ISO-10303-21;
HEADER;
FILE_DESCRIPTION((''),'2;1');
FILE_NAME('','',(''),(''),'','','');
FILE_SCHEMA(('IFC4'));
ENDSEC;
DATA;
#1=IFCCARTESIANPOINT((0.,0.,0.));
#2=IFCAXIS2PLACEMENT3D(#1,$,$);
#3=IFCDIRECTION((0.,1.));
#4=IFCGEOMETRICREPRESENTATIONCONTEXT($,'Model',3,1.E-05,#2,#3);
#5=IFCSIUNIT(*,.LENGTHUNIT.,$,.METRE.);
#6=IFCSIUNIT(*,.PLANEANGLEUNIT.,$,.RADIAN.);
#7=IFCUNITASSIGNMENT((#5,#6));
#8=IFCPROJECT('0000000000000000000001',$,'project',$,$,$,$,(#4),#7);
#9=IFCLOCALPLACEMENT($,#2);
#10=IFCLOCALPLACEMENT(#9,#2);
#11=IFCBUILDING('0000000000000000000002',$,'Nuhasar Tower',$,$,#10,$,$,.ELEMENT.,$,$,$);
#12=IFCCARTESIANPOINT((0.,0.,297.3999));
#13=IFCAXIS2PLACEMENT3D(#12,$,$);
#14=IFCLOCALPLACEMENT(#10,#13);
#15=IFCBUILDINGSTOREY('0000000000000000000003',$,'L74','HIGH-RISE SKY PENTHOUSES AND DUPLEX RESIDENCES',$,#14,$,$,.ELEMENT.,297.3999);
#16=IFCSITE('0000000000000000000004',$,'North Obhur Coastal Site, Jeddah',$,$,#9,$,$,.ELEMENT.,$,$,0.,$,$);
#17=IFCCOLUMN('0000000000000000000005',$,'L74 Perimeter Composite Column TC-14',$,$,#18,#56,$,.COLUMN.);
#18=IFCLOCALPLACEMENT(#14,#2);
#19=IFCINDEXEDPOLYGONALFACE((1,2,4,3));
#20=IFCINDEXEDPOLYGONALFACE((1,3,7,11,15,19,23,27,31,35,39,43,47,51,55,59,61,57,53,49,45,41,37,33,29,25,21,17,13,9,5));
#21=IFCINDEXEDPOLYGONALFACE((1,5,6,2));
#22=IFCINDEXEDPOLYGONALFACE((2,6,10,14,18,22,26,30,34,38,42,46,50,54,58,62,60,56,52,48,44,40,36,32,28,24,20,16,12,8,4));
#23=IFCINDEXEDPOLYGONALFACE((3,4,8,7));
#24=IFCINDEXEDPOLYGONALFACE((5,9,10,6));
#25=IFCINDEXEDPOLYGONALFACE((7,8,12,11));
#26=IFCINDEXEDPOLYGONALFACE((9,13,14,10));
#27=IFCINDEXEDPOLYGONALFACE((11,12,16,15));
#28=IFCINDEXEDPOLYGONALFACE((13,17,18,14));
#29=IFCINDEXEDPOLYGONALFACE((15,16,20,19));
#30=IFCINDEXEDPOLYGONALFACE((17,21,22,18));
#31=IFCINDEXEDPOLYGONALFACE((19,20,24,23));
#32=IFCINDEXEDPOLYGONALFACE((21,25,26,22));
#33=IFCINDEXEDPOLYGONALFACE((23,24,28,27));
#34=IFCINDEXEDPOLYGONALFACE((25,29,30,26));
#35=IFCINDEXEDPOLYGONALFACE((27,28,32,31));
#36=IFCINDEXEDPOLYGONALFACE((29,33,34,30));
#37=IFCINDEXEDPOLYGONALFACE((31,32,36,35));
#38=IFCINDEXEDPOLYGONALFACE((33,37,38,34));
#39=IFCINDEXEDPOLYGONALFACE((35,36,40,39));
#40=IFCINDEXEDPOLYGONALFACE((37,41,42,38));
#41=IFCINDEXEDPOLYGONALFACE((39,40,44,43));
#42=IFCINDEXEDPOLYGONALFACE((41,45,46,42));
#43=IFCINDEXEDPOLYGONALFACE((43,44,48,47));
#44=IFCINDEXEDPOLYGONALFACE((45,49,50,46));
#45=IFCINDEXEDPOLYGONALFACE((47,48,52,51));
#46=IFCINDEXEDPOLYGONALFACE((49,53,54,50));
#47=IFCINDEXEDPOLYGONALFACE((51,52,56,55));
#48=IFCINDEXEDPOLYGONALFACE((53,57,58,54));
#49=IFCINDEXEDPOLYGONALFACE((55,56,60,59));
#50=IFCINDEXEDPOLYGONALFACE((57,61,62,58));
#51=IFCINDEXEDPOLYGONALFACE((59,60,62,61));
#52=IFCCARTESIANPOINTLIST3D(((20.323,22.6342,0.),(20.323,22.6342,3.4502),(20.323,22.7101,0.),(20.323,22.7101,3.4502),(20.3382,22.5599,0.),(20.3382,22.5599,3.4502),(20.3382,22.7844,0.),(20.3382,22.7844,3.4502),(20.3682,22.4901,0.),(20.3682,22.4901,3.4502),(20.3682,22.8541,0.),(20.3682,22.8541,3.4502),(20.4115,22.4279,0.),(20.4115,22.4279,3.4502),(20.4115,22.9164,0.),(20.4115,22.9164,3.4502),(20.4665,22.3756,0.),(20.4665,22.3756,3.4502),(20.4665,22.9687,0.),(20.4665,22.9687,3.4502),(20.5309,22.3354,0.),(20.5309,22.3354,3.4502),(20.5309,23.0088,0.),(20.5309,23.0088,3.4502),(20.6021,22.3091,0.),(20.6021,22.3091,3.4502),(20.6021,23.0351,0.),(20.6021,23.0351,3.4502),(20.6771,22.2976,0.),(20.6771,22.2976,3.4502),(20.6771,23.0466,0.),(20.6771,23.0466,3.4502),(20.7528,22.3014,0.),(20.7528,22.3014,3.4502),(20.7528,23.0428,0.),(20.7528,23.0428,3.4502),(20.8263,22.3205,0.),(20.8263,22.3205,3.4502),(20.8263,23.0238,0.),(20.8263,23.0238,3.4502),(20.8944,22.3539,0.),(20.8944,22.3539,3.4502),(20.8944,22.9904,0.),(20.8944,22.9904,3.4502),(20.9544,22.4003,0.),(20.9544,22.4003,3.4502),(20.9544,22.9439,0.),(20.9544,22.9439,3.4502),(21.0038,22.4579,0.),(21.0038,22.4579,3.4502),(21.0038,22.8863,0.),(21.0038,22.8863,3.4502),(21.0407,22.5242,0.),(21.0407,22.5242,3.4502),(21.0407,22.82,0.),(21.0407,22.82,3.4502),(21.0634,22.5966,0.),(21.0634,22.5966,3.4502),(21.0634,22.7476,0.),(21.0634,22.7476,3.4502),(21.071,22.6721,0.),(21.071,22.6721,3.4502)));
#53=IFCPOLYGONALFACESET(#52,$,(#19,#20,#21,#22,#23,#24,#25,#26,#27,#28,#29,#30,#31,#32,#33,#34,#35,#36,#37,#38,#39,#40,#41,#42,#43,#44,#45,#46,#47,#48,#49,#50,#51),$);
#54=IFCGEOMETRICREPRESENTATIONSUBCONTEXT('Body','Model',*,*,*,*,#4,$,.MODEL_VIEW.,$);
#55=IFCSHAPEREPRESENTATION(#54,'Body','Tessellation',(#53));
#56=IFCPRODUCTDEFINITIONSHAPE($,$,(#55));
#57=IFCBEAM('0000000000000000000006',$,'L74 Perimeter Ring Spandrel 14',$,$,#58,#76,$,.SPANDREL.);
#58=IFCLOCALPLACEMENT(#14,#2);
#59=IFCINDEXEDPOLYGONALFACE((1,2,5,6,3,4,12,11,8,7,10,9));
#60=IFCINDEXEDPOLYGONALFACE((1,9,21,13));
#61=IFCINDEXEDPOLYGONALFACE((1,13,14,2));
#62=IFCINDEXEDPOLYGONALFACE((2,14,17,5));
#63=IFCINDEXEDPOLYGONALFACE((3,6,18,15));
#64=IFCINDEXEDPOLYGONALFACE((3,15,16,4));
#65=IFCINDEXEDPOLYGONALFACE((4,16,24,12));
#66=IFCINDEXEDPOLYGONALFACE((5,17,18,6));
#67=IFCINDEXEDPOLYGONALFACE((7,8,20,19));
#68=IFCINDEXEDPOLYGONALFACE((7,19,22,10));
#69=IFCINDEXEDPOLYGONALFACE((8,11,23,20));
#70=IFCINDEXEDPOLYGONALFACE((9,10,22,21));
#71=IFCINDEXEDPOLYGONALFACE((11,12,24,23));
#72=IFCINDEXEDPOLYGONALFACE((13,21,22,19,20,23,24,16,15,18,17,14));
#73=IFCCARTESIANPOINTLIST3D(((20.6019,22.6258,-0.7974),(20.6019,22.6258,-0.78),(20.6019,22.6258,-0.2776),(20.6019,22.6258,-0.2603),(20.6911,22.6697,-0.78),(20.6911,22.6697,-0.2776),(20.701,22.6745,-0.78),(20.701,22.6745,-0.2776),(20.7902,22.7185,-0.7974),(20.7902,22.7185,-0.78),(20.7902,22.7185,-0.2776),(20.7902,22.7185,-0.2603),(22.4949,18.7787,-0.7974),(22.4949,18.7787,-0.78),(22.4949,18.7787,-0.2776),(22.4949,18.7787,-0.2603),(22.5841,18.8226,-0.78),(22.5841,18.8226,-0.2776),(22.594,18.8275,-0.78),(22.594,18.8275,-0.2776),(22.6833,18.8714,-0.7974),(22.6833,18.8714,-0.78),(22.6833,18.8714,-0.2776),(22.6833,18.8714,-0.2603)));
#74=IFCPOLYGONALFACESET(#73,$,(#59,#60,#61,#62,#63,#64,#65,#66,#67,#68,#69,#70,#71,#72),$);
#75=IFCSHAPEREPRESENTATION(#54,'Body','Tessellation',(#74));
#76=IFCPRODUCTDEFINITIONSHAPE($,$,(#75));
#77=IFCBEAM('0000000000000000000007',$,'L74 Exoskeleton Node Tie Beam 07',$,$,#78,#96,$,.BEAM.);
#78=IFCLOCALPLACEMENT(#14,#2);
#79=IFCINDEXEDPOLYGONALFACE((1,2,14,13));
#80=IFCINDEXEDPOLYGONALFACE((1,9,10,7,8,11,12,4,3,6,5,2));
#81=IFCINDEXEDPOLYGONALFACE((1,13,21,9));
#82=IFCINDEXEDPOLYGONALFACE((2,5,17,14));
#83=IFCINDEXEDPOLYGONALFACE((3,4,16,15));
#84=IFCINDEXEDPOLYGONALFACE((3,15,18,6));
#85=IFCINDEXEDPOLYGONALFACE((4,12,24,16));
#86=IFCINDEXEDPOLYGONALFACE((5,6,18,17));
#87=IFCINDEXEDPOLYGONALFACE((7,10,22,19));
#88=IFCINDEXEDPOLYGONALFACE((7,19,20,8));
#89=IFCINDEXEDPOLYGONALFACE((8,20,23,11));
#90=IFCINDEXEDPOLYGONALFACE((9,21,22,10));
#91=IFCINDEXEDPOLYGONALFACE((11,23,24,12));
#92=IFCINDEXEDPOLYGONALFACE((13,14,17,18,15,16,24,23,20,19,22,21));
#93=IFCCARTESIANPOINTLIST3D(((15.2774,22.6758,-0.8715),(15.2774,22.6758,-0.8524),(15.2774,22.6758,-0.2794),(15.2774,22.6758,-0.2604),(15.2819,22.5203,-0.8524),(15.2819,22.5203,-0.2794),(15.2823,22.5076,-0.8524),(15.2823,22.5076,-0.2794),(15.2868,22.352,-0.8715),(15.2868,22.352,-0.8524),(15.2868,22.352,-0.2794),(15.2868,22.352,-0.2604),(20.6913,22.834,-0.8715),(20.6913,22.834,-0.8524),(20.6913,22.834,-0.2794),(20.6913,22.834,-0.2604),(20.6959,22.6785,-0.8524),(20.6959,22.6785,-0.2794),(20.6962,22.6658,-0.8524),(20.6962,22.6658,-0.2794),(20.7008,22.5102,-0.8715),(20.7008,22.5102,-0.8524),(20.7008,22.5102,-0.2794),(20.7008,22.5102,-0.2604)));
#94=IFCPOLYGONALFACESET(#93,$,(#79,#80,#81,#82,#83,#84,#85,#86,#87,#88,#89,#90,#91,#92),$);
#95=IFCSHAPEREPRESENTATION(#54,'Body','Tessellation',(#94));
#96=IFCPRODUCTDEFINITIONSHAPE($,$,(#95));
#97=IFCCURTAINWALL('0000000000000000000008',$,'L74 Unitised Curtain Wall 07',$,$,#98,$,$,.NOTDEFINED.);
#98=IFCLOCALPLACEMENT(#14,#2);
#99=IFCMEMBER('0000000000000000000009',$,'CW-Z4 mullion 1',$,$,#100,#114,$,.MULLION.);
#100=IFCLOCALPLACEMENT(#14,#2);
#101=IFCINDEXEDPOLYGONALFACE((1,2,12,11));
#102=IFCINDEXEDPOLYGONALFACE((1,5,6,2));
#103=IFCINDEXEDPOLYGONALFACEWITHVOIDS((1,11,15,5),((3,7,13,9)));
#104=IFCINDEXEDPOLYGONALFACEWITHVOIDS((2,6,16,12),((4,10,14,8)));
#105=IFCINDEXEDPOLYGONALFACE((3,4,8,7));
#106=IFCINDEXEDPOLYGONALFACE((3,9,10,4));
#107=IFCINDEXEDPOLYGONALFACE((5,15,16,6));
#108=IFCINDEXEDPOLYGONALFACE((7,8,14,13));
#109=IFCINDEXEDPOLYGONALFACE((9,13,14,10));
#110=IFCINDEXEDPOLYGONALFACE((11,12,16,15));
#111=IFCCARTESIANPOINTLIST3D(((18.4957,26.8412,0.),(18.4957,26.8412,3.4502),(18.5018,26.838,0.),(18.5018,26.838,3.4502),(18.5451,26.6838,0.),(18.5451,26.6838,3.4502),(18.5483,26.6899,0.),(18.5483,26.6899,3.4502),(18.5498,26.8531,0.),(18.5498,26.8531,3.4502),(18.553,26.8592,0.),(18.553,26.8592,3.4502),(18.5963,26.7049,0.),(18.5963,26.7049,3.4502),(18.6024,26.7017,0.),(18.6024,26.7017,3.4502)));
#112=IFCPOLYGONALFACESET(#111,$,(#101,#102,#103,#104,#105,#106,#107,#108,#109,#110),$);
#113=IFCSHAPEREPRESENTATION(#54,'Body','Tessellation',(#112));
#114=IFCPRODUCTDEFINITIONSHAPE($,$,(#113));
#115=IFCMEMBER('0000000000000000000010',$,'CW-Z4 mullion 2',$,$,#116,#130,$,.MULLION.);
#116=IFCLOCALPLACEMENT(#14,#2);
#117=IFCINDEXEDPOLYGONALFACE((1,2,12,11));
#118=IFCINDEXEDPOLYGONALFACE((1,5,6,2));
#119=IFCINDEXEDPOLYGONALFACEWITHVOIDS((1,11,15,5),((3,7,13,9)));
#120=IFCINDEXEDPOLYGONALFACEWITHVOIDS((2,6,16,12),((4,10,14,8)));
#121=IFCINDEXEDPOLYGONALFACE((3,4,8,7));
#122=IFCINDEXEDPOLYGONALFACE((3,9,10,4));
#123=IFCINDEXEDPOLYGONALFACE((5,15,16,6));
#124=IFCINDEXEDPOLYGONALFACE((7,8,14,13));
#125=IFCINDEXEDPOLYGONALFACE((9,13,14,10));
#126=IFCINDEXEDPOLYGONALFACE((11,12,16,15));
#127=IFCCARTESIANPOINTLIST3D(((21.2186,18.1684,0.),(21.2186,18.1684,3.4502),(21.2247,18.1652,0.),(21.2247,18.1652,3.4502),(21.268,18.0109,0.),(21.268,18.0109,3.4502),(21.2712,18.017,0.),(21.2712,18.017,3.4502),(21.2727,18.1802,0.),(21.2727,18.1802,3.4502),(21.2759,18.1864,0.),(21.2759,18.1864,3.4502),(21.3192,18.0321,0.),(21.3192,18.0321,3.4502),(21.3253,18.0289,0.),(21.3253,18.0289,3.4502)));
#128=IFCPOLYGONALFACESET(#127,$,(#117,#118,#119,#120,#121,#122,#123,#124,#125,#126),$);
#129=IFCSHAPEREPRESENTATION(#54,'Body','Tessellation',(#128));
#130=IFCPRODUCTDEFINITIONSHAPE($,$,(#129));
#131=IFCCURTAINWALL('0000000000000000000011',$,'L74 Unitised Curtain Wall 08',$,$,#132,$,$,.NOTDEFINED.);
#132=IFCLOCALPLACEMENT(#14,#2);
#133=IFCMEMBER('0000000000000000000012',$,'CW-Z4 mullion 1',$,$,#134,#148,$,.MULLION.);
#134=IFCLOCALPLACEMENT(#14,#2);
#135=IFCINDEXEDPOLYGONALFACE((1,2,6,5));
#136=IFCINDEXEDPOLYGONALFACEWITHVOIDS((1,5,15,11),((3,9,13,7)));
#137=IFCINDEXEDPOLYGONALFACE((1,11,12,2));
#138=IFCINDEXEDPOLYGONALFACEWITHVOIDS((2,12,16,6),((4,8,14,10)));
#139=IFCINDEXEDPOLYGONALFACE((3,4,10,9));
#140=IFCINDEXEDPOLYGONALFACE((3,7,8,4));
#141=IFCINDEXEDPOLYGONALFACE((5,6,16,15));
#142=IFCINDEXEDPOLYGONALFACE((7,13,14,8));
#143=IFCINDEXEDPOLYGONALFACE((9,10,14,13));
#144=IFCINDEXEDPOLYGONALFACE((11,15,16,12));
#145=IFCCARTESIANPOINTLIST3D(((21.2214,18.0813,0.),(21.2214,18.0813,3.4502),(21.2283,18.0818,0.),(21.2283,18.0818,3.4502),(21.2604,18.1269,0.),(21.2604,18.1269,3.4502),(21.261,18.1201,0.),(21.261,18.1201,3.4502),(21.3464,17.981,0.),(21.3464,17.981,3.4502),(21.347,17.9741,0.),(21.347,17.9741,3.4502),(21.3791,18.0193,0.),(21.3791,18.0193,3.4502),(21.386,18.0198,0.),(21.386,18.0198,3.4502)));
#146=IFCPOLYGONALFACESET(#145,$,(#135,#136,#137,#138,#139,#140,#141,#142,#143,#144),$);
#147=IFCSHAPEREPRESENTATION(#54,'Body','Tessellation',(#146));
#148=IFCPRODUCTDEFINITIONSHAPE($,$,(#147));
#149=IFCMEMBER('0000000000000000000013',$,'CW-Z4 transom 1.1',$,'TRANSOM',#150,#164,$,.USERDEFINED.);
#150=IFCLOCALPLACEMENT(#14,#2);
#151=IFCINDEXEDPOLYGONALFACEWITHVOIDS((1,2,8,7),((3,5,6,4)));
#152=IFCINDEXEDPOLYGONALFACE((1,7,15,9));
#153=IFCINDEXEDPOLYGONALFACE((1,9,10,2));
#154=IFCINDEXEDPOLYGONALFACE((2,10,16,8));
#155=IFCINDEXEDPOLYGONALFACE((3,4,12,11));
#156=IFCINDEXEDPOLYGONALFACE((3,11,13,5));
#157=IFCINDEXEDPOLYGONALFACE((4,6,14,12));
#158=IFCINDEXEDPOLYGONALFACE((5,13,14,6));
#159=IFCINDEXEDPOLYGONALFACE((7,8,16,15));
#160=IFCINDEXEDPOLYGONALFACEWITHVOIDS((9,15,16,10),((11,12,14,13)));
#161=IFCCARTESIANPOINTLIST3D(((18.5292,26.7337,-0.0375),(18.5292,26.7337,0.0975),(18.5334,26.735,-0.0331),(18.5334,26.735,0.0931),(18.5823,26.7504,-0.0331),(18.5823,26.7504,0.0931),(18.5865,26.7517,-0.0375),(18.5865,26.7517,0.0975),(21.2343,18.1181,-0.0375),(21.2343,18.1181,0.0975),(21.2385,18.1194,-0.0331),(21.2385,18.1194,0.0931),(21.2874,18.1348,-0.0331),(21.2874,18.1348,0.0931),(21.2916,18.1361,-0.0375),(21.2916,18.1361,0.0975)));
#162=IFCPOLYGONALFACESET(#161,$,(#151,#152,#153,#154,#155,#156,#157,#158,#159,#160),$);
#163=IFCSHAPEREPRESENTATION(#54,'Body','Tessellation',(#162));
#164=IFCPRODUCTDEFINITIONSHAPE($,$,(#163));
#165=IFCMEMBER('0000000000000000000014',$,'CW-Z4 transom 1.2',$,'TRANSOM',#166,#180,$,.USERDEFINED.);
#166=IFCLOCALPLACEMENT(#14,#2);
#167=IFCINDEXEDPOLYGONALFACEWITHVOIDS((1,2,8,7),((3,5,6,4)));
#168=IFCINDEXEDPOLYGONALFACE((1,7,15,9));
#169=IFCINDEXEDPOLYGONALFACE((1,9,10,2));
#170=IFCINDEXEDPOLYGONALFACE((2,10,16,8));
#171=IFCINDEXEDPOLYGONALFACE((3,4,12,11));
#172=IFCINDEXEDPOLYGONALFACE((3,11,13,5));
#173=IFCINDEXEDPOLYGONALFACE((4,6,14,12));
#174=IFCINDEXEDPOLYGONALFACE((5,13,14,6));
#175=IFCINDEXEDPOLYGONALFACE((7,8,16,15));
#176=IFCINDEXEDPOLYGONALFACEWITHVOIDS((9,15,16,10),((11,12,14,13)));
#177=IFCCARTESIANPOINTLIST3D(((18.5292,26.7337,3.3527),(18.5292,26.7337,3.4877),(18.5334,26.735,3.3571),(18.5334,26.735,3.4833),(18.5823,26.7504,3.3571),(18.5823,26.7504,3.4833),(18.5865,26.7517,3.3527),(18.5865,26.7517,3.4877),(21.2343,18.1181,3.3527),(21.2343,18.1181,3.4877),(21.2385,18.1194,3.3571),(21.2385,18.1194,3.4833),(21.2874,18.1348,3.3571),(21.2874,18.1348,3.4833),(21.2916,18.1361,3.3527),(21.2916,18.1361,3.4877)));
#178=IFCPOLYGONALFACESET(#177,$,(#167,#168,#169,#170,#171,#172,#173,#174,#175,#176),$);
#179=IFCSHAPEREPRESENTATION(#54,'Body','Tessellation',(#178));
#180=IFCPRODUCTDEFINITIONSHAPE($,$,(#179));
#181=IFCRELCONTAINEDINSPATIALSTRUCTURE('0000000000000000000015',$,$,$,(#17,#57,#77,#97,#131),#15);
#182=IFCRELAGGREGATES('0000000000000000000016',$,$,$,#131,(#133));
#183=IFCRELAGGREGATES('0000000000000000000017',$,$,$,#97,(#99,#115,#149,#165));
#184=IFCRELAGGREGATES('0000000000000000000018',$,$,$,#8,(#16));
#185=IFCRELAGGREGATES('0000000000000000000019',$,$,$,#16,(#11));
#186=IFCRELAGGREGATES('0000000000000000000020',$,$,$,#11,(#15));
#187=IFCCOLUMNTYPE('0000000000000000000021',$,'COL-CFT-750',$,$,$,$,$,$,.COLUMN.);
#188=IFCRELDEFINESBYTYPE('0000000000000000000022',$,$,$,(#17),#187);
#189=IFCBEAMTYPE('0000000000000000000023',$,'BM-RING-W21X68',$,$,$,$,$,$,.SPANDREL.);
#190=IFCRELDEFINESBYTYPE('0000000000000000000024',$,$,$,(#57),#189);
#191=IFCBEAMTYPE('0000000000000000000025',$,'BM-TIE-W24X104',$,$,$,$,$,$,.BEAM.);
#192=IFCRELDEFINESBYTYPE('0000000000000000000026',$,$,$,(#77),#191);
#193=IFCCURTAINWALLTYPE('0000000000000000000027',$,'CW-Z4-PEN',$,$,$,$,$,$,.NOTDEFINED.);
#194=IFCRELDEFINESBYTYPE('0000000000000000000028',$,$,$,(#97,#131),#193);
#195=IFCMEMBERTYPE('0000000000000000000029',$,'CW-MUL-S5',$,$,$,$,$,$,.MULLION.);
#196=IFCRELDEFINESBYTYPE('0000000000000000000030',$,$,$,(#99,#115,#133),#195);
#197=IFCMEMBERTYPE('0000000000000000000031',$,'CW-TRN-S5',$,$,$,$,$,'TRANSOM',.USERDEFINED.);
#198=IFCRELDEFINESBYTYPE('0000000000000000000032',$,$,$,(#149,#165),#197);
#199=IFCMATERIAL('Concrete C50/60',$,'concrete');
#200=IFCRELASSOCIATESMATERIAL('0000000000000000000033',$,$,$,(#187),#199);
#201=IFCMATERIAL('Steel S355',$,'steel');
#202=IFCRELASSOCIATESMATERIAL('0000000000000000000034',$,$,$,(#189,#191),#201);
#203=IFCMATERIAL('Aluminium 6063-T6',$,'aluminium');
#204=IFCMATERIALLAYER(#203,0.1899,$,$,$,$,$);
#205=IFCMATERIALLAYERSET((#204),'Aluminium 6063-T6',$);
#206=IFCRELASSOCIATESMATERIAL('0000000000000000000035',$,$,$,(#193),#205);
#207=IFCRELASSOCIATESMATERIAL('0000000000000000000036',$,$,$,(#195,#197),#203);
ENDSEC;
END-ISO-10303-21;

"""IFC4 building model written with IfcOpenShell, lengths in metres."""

from ifc_helpers import new_model, si_unit, direction, frame, origin, origin_2d, place, context, subcontext, project, spatial, hollow_rectangle, circle, i_section, extrude, material, layer, layer_set, material_profile, profile_set, type_object, element, aggregate, save


model = new_model("IFC4")

# Units and contexts
model_context = context("Model", 3, precision=1e-05, world=origin(), true_north=direction((0.0, 1.0)))
body_context = subcontext(model_context, "Body", "Model", "MODEL_VIEW")
ifc_project = project(units=[si_unit("LENGTHUNIT", "METRE"), si_unit("PLANEANGLEUNIT", "RADIAN")], contexts=[model_context])

# Site, building, storey
site_placement = place(None, origin())
site = spatial("IfcSite", under=ifc_project, at=site_placement, Name="North Obhur Coastal Site, Jeddah", CompositionType="ELEMENT", RefElevation=0.0)
building_placement = place(site_placement, origin())
building = spatial("IfcBuilding", under=site, at=building_placement, Name="Nuhasar Tower", CompositionType="ELEMENT")
storey_placement = place(building_placement, frame((0.0, 0.0, 297.3999)))
storey = spatial("IfcBuildingStorey", under=building, at=storey_placement, Name="L74", Description="HIGH-RISE SKY PENTHOUSES AND DUPLEX RESIDENCES", CompositionType="ELEMENT", Elevation=297.3999)

# Column
ifc_material_1 = material(Name="Concrete C50/60", Category="concrete")
ifc_material_profile_1 = material_profile(ifc_material_1, circle(Radius=0.375, at=origin_2d()), Name="CFT750")
ifc_profile_set_1 = profile_set([ifc_material_profile_1], Name="Concrete C50/60")
column_type = type_object("IfcColumnType", Name="COL-CFT-750", PredefinedType="COLUMN", material=ifc_profile_set_1)
column_placement = place(storey_placement, frame((20.696, 22.6721, 0.0), z_axis=(0.0, 0.0, 1.0), x_axis=(1.0, 0.0, 0.0)))
element("IfcColumn", 1, at=column_placement, inside=storey, type_object=column_type, Name="L74 Perimeter Composite Column TC-14", PredefinedType="COLUMN", context=body_context, shape_type="SweptSolid", body=[
    extrude(circle(Radius=0.375, at=origin_2d()), origin(), (0.0, 0.0, 1.0), 3.4502),
])

# Beams
ifc_material_2 = material(Name="Steel S355", Category="steel")
ifc_material_profile_2 = material_profile(ifc_material_2, i_section(OverallWidth=0.21, OverallDepth=0.5371, WebThickness=0.011, FlangeThickness=0.0173, at=origin_2d()), Name="W21X68")
ifc_profile_set_2 = profile_set([ifc_material_profile_2], Name="Steel S355")
beam_type_1 = type_object("IfcBeamType", Name="BM-RING-W21X68", PredefinedType="SPANDREL", material=ifc_profile_set_2)
beam_1_placement = place(storey_placement, frame((20.696, 22.6721, -0.5288), z_axis=(0.441511, -0.897256, 0.0), x_axis=(0.897256, 0.441511, 0.0)))
element("IfcBeam", 2, at=beam_1_placement, inside=storey, type_object=beam_type_1, Name="L74 Perimeter Ring Spandrel 14", PredefinedType="SPANDREL", context=body_context, shape_type="SweptSolid", body=[
    extrude(i_section(OverallWidth=0.21, OverallDepth=0.5371, WebThickness=0.011, FlangeThickness=0.0173, at=origin_2d()), origin(), (0.0, 0.0, 1.0), 4.2876),
])
ifc_material_profile_3 = material_profile(ifc_material_2, i_section(OverallWidth=0.324, OverallDepth=0.6111, WebThickness=0.0127, FlangeThickness=0.019, at=origin_2d()), Name="W24X104")
ifc_profile_set_3 = profile_set([ifc_material_profile_3], Name="Steel S355")
beam_type_2 = type_object("IfcBeamType", Name="BM-TIE-W24X104", PredefinedType="BEAM", material=ifc_profile_set_3)
beam_2_placement = place(storey_placement, frame((20.696, 22.6721, -0.5659), z_axis=(-0.999573, -0.029208, 0.0), x_axis=(0.029208, -0.999573, 0.0)))
element("IfcBeam", 3, at=beam_2_placement, inside=storey, type_object=beam_type_2, Name="L74 Exoskeleton Node Tie Beam 07", PredefinedType="BEAM", context=body_context, shape_type="SweptSolid", body=[
    extrude(i_section(OverallWidth=0.324, OverallDepth=0.6111, WebThickness=0.0127, FlangeThickness=0.019, at=origin_2d()), origin(), (0.0, 0.0, 1.0), 5.4163),
])

# Curtain wall, members
ifc_material_3 = material(Name="Aluminium 6063-T6", Category="aluminium")
ifc_layer_1 = layer(ifc_material_3, 0.1899)
ifc_layer_set_1 = layer_set([ifc_layer_1], Name="Aluminium 6063-T6")
curtain_wall_type = type_object("IfcCurtainWallType", Name="CW-Z4-PEN", PredefinedType="NOTDEFINED", material=ifc_layer_set_1)
curtain_wall_1_placement = place(storey_placement, origin())
curtain_wall_1 = element("IfcCurtainWall", 4, at=curtain_wall_1_placement, inside=storey, type_object=curtain_wall_type, Name="L74 Unitised Curtain Wall 07", PredefinedType="NOTDEFINED")
ifc_material_profile_4 = material_profile(ifc_material_3, hollow_rectangle(XDim=0.0601, YDim=0.165, WallThickness=0.0049, at=origin_2d()), Name="CWM-5")
ifc_profile_set_4 = profile_set([ifc_material_profile_4], Name="Aluminium 6063-T6")
member_type_1 = type_object("IfcMemberType", Name="CW-MUL-S5", PredefinedType="MULLION", material=ifc_profile_set_4)
member_1_placement = place(storey_placement, frame((18.5491, 26.7715, 0.0), z_axis=(0.0, 0.0, 1.0), x_axis=(0.954079, 0.299557, 0.0)))
member_1 = element("IfcMember", 5, at=member_1_placement, type_object=member_type_1, Name="CW-Z4 mullion 1", PredefinedType="MULLION", context=body_context, shape_type="SweptSolid", body=[
    extrude(hollow_rectangle(XDim=0.0601, YDim=0.165, WallThickness=0.0049, at=origin_2d()), origin(), (0.0, 0.0, 1.0), 3.4502),
])
member_2_placement = place(storey_placement, frame((21.272, 18.0986, 0.0), z_axis=(0.0, 0.0, 1.0), x_axis=(0.954079, 0.299557, 0.0)))
member_2 = element("IfcMember", 6, at=member_2_placement, type_object=member_type_1, Name="CW-Z4 mullion 2", PredefinedType="MULLION", context=body_context, shape_type="SweptSolid", body=[
    extrude(hollow_rectangle(XDim=0.0601, YDim=0.165, WallThickness=0.0049, at=origin_2d()), origin(), (0.0, 0.0, 1.0), 3.4502),
])

# Curtain wall, member
curtain_wall_2_placement = place(storey_placement, origin())
curtain_wall_2 = element("IfcCurtainWall", 7, at=curtain_wall_2_placement, inside=storey, type_object=curtain_wall_type, Name="L74 Unitised Curtain Wall 08", PredefinedType="NOTDEFINED")
member_3_placement = place(storey_placement, frame((21.3037, 18.0505, 0.0), z_axis=(0.0, 0.0, 1.0), x_axis=(0.649142, 0.760667, 0.0)))
member_3 = element("IfcMember", 8, at=member_3_placement, type_object=member_type_1, Name="CW-Z4 mullion 1", PredefinedType="MULLION", context=body_context, shape_type="SweptSolid", body=[
    extrude(hollow_rectangle(XDim=0.0601, YDim=0.165, WallThickness=0.0049, at=origin_2d()), origin(), (0.0, 0.0, 1.0), 3.4502),
])

# Members
ifc_material_profile_5 = material_profile(ifc_material_3, hollow_rectangle(XDim=0.0601, YDim=0.135, WallThickness=0.0044, at=origin_2d()), Name="CWT-5")
ifc_profile_set_5 = profile_set([ifc_material_profile_5], Name="Aluminium 6063-T6")
member_type_2 = type_object("IfcMemberType", Name="CW-TRN-S5", ElementType="TRANSOM", PredefinedType="USERDEFINED", material=ifc_profile_set_5)
member_4_placement = place(storey_placement, frame((18.5579, 26.7427, 0.03), z_axis=(0.29956, -0.954077, 0.0), x_axis=(0.954077, 0.29956, 0.0)))
member_4 = element("IfcMember", 9, at=member_4_placement, type_object=member_type_2, Name="CW-Z4 transom 1.1", ObjectType="TRANSOM", PredefinedType="USERDEFINED", context=body_context, shape_type="SweptSolid", body=[
    extrude(hollow_rectangle(XDim=0.0601, YDim=0.135, WallThickness=0.0044, at=origin_2d()), origin(), (0.0, 0.0, 1.0), 9.0303),
])
member_5_placement = place(storey_placement, frame((18.5579, 26.7427, 3.4202), z_axis=(0.29956, -0.954077, 0.0), x_axis=(0.954077, 0.29956, 0.0)))
member_5 = element("IfcMember", 10, at=member_5_placement, type_object=member_type_2, Name="CW-Z4 transom 1.2", ObjectType="TRANSOM", PredefinedType="USERDEFINED", context=body_context, shape_type="SweptSolid", body=[
    extrude(hollow_rectangle(XDim=0.0601, YDim=0.135, WallThickness=0.0044, at=origin_2d()), origin(), (0.0, 0.0, 1.0), 9.0303),
])
aggregate(curtain_wall_2, [member_3])

aggregate(curtain_wall_1, [member_1, member_2, member_4, member_5])

save(model, "model.ifc")
